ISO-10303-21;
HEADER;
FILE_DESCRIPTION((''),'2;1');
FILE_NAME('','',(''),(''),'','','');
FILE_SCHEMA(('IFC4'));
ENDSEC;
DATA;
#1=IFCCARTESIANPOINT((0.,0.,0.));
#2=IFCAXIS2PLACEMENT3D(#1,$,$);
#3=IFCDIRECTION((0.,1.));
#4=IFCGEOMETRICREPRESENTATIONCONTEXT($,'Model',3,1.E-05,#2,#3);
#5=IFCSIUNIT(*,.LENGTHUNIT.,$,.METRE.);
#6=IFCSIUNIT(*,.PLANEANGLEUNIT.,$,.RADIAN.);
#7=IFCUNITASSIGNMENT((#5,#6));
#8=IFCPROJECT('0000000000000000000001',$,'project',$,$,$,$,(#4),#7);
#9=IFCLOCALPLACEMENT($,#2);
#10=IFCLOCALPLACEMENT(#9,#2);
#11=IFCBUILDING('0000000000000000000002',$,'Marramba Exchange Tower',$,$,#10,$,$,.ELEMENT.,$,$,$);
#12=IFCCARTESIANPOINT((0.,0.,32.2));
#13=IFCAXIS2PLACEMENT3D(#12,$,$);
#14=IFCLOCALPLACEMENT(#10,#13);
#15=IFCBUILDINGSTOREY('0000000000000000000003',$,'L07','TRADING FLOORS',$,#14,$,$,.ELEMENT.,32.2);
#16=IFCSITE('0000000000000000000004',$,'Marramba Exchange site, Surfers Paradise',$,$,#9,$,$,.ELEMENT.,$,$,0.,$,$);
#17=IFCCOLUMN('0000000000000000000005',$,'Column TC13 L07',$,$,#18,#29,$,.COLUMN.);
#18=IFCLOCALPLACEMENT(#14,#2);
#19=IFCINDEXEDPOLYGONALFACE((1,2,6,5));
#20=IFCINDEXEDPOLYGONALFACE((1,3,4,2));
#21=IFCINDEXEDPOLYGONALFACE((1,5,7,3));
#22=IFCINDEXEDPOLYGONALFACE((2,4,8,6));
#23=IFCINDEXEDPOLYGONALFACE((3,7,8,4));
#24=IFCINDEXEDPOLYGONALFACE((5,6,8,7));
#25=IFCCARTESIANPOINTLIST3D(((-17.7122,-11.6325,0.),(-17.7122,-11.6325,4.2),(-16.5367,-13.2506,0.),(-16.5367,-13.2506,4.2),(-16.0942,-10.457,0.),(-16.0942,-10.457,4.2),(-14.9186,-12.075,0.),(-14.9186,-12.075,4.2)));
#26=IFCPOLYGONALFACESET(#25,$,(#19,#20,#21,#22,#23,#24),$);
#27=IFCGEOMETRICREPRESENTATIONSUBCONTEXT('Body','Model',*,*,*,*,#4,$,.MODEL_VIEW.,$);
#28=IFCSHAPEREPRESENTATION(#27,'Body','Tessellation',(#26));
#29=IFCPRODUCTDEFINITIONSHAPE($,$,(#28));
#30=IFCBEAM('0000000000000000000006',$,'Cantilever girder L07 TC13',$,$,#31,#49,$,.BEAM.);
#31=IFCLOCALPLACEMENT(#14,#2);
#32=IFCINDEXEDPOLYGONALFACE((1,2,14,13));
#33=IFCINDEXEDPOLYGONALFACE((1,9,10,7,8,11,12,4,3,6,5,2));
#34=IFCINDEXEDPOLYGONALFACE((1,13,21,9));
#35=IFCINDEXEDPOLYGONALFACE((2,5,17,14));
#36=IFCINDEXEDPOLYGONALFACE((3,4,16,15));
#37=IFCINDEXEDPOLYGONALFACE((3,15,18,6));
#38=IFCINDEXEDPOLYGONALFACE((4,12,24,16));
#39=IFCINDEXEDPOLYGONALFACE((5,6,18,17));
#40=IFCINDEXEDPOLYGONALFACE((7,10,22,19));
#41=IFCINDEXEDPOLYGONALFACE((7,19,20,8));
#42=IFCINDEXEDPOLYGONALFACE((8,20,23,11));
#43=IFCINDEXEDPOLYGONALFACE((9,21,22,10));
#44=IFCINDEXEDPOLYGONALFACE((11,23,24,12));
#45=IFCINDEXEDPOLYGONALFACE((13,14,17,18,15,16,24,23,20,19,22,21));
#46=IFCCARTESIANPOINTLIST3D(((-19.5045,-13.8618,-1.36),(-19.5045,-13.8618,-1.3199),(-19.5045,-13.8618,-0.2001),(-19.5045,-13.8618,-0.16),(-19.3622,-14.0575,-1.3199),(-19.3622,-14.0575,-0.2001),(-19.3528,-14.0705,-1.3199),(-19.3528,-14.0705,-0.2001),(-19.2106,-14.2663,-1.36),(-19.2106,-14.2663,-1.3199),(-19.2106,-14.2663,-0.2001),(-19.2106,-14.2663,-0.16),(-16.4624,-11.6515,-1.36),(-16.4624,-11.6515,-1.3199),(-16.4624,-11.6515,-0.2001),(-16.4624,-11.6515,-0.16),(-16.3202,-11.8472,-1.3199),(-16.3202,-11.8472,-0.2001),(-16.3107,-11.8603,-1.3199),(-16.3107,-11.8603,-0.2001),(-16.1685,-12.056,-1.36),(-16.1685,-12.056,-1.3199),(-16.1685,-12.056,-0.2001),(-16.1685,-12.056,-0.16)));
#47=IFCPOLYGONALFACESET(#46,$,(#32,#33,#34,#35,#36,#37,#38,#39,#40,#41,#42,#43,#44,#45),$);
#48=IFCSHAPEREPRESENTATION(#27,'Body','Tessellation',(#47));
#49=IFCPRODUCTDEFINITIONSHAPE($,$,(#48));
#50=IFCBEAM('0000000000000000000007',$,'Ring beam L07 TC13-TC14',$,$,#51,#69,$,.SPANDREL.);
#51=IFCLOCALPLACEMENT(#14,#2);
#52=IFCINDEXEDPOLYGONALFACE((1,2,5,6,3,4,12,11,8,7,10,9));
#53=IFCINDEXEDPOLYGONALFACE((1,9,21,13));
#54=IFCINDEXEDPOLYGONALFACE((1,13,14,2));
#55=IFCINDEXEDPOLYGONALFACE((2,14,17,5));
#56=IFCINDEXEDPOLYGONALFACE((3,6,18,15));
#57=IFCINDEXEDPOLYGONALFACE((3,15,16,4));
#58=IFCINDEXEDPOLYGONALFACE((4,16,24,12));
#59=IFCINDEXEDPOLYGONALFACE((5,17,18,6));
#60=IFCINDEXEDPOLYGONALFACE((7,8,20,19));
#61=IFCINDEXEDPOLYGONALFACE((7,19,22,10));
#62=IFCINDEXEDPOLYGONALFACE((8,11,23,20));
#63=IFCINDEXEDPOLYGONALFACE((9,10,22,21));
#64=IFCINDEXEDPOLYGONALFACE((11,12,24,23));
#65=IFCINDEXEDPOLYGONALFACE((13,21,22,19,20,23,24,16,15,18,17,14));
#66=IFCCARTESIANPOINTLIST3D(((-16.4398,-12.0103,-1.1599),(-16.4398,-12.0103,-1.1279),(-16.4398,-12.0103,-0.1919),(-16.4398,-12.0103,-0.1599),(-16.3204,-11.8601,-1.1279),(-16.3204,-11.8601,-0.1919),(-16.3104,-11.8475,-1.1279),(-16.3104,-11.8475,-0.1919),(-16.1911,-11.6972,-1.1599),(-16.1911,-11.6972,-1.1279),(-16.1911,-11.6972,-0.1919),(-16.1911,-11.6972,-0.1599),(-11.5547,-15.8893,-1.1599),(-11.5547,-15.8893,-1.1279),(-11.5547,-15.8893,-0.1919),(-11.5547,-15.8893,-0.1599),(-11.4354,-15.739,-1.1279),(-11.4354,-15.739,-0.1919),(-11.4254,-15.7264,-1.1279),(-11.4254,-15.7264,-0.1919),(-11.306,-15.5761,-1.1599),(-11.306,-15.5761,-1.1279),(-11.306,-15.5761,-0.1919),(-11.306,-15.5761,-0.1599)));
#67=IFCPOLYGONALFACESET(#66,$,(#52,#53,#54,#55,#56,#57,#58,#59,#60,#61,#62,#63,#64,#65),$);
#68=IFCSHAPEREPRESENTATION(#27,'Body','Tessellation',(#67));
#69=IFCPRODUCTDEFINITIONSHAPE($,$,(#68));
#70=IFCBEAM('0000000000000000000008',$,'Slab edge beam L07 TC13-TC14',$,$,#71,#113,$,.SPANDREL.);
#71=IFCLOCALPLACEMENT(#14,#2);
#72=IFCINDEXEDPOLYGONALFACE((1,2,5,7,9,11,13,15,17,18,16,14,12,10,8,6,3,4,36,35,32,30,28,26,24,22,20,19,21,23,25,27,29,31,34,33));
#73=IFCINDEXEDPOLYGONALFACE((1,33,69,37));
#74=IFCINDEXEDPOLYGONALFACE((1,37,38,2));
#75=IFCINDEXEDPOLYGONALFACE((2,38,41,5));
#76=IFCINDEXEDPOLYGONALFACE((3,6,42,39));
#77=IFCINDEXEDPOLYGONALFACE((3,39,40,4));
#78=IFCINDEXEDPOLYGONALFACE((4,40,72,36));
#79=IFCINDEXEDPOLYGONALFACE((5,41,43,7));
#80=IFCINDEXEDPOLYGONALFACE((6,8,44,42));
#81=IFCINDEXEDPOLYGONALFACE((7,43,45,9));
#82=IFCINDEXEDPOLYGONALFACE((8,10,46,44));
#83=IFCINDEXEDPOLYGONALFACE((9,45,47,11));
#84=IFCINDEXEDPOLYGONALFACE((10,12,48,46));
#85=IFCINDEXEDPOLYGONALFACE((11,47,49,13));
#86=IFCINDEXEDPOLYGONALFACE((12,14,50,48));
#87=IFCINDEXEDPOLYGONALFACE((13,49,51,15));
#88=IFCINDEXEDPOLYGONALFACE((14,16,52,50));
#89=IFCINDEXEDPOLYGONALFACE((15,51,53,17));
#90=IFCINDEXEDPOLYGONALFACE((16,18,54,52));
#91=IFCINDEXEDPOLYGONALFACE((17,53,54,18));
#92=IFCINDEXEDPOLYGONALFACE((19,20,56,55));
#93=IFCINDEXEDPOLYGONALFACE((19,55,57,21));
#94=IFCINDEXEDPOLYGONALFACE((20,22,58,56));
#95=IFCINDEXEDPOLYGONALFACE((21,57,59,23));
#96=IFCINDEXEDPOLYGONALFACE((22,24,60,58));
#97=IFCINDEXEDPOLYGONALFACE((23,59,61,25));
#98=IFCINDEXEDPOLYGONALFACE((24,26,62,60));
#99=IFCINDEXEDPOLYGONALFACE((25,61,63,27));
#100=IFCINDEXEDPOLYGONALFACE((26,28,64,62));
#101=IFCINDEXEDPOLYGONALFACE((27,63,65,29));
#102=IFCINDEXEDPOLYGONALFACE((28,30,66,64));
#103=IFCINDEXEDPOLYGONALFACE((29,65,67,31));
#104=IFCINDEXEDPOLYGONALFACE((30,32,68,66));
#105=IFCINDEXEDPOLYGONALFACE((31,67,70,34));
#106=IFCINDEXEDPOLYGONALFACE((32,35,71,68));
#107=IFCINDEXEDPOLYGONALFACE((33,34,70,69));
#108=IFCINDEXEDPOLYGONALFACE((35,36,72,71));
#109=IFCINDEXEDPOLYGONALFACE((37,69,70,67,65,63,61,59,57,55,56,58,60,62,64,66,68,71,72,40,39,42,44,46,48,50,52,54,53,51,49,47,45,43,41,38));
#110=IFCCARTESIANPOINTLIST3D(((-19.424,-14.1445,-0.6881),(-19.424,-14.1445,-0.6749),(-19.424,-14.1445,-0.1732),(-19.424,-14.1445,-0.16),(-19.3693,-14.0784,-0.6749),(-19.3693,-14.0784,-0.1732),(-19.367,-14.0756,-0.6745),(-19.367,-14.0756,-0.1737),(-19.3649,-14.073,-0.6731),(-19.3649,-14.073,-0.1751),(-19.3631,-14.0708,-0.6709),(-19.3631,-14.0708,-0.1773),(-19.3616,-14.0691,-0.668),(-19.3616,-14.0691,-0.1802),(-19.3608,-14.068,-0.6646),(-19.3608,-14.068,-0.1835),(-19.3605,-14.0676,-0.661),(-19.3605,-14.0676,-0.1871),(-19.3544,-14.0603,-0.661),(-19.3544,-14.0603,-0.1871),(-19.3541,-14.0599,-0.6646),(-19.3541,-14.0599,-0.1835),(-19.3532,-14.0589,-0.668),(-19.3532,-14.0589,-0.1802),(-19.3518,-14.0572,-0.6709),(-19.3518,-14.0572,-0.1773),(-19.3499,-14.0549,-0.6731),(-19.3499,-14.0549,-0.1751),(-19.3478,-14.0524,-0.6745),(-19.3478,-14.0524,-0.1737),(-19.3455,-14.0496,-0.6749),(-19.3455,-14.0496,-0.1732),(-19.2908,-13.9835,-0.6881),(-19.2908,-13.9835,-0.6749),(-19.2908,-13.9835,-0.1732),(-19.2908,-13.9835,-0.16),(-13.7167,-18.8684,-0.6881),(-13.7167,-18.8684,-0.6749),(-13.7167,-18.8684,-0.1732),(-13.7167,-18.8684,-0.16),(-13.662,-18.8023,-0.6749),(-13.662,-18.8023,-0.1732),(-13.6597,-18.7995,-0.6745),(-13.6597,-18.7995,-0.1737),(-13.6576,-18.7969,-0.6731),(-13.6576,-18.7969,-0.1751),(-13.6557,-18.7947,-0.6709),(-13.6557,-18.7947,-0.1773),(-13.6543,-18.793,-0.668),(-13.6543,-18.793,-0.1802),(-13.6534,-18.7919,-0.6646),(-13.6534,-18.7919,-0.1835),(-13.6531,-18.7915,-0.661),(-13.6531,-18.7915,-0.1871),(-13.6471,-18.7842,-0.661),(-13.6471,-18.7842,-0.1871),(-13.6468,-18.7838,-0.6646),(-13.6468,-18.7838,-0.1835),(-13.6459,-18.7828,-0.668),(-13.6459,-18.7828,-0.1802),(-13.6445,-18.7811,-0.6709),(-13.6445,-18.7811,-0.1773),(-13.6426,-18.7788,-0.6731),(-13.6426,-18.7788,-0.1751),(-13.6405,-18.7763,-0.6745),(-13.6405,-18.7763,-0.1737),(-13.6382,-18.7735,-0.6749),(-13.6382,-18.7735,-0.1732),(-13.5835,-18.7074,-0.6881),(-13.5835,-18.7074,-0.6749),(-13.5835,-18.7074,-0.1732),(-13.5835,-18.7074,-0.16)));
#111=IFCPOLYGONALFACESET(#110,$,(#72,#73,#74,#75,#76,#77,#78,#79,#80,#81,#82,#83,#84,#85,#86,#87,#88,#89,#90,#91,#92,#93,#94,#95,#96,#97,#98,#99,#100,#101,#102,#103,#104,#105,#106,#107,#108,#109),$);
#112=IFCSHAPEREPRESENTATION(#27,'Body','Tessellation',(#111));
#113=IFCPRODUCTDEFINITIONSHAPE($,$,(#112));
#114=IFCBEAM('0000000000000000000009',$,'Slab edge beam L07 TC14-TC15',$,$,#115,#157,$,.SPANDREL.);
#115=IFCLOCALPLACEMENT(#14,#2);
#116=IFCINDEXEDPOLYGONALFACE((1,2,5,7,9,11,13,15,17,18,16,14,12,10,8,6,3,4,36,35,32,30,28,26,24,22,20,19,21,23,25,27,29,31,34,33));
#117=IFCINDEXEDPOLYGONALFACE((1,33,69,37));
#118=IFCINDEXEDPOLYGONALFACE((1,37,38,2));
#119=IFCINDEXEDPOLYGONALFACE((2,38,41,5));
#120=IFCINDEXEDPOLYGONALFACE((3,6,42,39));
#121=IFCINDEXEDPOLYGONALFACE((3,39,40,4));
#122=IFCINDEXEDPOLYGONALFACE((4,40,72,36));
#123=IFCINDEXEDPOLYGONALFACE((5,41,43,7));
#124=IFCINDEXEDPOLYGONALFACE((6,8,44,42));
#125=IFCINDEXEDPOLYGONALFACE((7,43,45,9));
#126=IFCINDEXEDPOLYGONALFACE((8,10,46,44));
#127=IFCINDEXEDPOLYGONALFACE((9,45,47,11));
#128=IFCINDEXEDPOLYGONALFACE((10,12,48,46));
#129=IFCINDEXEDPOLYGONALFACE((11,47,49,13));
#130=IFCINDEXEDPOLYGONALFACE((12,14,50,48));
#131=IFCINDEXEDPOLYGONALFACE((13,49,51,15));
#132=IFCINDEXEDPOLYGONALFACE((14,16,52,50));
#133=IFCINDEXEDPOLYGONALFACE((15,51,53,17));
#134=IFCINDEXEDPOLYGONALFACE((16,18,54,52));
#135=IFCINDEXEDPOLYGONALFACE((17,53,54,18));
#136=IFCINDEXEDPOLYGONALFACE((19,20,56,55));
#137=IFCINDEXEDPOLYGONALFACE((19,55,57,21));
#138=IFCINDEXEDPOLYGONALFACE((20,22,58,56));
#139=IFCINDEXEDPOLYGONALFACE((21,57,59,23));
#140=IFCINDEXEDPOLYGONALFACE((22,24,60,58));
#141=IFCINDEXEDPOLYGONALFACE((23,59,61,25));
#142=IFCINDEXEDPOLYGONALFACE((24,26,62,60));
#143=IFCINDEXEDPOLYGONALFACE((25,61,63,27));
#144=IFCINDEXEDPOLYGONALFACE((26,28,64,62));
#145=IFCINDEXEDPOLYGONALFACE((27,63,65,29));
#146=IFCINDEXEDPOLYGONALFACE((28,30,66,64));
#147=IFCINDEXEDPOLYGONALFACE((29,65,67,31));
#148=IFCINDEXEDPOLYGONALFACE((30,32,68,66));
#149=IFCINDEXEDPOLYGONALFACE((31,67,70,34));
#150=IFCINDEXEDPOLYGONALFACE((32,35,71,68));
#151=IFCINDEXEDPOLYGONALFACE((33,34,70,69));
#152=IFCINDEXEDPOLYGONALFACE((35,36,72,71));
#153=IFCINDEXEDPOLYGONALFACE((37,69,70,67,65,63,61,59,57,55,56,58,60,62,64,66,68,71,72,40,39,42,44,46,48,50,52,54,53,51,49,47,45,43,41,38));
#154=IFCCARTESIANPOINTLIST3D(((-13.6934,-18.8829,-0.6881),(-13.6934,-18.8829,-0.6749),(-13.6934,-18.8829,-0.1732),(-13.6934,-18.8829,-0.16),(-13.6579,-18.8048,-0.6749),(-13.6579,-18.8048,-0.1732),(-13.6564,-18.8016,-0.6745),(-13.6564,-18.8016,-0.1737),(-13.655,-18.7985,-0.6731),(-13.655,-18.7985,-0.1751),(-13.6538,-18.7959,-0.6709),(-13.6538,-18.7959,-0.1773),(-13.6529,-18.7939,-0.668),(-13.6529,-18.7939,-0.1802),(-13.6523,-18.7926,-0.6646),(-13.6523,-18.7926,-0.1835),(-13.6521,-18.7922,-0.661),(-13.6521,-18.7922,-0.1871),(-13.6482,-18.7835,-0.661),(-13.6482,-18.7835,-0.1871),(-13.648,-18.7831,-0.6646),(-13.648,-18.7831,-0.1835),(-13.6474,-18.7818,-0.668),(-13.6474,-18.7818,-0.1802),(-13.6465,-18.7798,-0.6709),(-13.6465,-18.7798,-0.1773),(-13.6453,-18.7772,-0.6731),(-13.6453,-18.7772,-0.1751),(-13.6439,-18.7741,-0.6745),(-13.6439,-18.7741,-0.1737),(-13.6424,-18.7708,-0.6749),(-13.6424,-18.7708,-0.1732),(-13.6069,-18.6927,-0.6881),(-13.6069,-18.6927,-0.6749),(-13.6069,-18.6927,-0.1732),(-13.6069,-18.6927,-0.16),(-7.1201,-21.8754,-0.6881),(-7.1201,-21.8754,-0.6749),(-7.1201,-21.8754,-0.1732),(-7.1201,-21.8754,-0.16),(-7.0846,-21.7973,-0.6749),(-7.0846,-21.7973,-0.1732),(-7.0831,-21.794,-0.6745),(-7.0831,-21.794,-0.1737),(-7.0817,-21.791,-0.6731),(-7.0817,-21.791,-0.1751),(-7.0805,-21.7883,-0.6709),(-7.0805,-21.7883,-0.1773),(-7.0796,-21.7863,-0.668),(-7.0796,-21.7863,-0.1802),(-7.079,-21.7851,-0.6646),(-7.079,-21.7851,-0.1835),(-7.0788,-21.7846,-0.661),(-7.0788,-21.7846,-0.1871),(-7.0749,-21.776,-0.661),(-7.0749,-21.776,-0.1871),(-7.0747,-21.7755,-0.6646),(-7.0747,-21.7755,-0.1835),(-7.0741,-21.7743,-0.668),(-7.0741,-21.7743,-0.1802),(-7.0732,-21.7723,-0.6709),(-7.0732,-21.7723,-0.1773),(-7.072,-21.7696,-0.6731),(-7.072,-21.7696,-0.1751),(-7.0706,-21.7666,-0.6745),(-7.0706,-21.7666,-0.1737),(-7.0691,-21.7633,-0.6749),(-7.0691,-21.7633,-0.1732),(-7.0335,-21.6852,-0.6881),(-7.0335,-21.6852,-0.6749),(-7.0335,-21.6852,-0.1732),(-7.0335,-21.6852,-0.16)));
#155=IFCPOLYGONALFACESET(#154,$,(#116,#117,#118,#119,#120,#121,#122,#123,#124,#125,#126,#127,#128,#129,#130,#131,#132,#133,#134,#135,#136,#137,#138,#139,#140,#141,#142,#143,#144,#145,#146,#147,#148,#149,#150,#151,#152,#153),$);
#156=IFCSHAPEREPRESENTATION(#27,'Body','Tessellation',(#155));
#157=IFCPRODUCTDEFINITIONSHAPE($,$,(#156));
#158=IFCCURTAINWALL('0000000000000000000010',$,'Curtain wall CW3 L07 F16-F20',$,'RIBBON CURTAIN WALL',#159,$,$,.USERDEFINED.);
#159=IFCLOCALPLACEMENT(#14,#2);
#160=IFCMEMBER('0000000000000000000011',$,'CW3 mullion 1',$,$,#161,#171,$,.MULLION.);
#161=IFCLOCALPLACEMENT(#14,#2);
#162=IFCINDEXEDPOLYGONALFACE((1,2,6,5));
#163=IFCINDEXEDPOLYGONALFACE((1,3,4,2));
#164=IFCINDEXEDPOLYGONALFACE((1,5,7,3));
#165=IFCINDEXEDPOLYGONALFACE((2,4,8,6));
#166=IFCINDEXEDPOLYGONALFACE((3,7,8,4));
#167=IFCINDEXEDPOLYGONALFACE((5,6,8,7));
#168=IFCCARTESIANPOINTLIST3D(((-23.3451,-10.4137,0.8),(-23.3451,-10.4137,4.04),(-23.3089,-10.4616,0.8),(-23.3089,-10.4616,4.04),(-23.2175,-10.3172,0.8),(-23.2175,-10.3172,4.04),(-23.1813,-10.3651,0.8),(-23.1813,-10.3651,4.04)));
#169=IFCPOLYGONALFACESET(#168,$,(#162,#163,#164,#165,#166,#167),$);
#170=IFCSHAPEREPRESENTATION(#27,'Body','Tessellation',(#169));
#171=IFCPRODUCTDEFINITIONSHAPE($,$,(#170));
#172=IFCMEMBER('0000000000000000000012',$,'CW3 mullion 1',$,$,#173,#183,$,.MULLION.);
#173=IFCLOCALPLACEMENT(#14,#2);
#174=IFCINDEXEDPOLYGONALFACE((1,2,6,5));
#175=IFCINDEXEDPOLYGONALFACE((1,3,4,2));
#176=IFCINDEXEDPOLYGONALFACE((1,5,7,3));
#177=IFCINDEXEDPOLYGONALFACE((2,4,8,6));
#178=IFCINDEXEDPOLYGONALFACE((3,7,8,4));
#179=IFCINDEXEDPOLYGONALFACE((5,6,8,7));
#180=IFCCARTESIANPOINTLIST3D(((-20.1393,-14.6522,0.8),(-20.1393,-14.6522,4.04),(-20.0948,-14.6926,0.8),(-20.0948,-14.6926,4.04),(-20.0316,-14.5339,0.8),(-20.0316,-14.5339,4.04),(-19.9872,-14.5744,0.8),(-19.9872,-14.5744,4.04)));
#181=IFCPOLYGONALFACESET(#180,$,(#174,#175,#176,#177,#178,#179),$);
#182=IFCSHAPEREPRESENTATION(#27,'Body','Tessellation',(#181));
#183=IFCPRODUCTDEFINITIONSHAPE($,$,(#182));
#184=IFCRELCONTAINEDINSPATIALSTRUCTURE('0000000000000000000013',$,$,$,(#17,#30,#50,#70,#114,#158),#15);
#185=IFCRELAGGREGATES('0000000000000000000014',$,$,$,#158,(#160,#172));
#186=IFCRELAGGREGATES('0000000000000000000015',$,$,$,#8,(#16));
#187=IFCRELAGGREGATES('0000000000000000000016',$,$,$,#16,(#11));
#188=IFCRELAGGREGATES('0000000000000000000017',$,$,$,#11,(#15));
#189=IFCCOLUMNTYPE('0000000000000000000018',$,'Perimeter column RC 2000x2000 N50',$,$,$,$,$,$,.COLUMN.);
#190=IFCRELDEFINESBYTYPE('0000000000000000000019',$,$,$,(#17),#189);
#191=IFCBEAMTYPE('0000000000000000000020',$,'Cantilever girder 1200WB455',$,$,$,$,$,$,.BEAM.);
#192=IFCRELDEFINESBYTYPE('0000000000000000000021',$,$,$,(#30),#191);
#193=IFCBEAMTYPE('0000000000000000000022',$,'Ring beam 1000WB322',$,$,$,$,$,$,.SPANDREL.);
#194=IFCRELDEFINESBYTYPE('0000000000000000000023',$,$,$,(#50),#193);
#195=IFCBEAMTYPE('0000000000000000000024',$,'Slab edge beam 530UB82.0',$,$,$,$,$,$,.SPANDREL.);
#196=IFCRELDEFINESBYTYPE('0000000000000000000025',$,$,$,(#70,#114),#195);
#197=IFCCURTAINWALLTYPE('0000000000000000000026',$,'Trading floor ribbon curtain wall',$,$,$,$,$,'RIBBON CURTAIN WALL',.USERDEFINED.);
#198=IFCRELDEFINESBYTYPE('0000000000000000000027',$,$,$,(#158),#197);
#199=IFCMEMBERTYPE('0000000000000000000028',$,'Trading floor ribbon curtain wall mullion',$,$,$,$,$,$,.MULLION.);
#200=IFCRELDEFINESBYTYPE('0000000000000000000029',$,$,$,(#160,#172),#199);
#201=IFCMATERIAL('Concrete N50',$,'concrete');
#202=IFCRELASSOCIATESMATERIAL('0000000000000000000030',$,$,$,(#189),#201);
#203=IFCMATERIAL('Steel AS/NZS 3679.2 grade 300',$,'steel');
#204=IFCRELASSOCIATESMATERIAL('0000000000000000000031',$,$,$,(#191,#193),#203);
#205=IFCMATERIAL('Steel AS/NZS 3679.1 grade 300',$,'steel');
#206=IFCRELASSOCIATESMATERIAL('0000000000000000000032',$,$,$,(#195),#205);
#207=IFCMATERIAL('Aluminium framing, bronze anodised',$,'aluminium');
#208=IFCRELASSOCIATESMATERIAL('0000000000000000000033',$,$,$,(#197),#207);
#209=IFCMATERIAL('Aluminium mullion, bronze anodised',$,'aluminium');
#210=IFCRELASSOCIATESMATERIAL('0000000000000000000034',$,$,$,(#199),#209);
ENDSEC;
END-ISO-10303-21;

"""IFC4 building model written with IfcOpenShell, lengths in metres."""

from ifc_helpers import new_model, si_unit, direction, frame, origin, origin_2d, place, context, subcontext, project, spatial, rectangle, i_section, extrude, material, material_profile, profile_set, type_object, element, aggregate, save


model = new_model("IFC4")

# Units and contexts
model_context = context("Model", 3, precision=1e-05, world=origin(), true_north=direction((0.0, 1.0)))
body_context = subcontext(model_context, "Body", "Model", "MODEL_VIEW")
ifc_project = project(units=[si_unit("LENGTHUNIT", "METRE"), si_unit("PLANEANGLEUNIT", "RADIAN")], contexts=[model_context])

# Site, building, storey
site_placement = place(None, origin())
site = spatial("IfcSite", under=ifc_project, at=site_placement, Name="Marramba Exchange site, Surfers Paradise", CompositionType="ELEMENT", RefElevation=0.0)
building_placement = place(site_placement, origin())
building = spatial("IfcBuilding", under=site, at=building_placement, Name="Marramba Exchange Tower", CompositionType="ELEMENT")
storey_placement = place(building_placement, frame((0.0, 0.0, 32.2)))
storey = spatial("IfcBuildingStorey", under=building, at=storey_placement, Name="L07", Description="TRADING FLOORS", CompositionType="ELEMENT", Elevation=32.2)

# Column
ifc_material_1 = material(Name="Concrete N50", Category="concrete")
ifc_material_profile_1 = material_profile(ifc_material_1, rectangle(XDim=2.0, YDim=2.0, at=origin_2d()), Name="RC 2000x2000")
ifc_profile_set_1 = profile_set([ifc_material_profile_1], Name="Concrete N50")
column_type = type_object("IfcColumnType", Name="Perimeter column RC 2000x2000 N50", PredefinedType="COLUMN", material=ifc_profile_set_1)
column_placement = place(storey_placement, frame((-16.3154, -11.8538, 0.0), z_axis=(0.0, 0.0, 1.0), x_axis=(-0.809017, -0.587785, 0.0)))
element("IfcColumn", 1, at=column_placement, inside=storey, type_object=column_type, Name="Column TC13 L07", PredefinedType="COLUMN", context=body_context, shape_type="SweptSolid", body=[
    extrude(rectangle(XDim=2.0, YDim=2.0, at=origin_2d()), origin(), (0.0, 0.0, 1.0), 4.2),
])

# Beams
ifc_material_2 = material(Name="Steel AS/NZS 3679.2 grade 300", Category="steel")
ifc_material_profile_2 = material_profile(ifc_material_2, i_section(OverallWidth=0.5, OverallDepth=1.2, WebThickness=0.0161, FlangeThickness=0.04, at=origin_2d()), Name="1200WB455")
ifc_profile_set_2 = profile_set([ifc_material_profile_2], Name="Steel AS/NZS 3679.2 grade 300")
beam_type_1 = type_object("IfcBeamType", Name="Cantilever girder 1200WB455", PredefinedType="BEAM", material=ifc_profile_set_2)
beam_1_placement = place(storey_placement, frame((-16.3154, -11.8538, -0.76), z_axis=(-0.809008, -0.587797, 0.0), x_axis=(0.587797, -0.809008, 0.0)))
element("IfcBeam", 2, at=beam_1_placement, inside=storey, type_object=beam_type_1, Name="Cantilever girder L07 TC13", PredefinedType="BEAM", context=body_context, shape_type="SweptSolid", body=[
    extrude(i_section(OverallWidth=0.5, OverallDepth=1.2, WebThickness=0.0161, FlangeThickness=0.04, at=origin_2d()), origin(), (0.0, 0.0, 1.0), 3.7603),
])
ifc_material_profile_3 = material_profile(ifc_material_2, i_section(OverallWidth=0.3999, OverallDepth=1.0, WebThickness=0.0161, FlangeThickness=0.032, at=origin_2d()), Name="1000WB322")
ifc_profile_set_3 = profile_set([ifc_material_profile_3], Name="Steel AS/NZS 3679.2 grade 300")
beam_type_2 = type_object("IfcBeamType", Name="Ring beam 1000WB322", PredefinedType="SPANDREL", material=ifc_profile_set_3)
beam_2_placement = place(storey_placement, frame((-16.3154, -11.8538, -0.6599), z_axis=(0.783139, -0.621846, 0.0), x_axis=(0.621846, 0.783139, 0.0)))
element("IfcBeam", 3, at=beam_2_placement, inside=storey, type_object=beam_type_2, Name="Ring beam L07 TC13-TC14", PredefinedType="SPANDREL", context=body_context, shape_type="SweptSolid", body=[
    extrude(i_section(OverallWidth=0.3999, OverallDepth=1.0, WebThickness=0.0161, FlangeThickness=0.032, at=origin_2d()), origin(), (0.0, 0.0, 1.0), 6.2378),
])
ifc_material_3 = material(Name="Steel AS/NZS 3679.1 grade 300", Category="steel")
ifc_material_profile_4 = material_profile(ifc_material_3, i_section(OverallWidth=0.209, OverallDepth=0.5281, WebThickness=0.0095, FlangeThickness=0.0132, FilletRadius=0.0139, at=origin_2d()), Name="530UB82.0")
ifc_profile_set_4 = profile_set([ifc_material_profile_4], Name="Steel AS/NZS 3679.1 grade 300")
beam_type_3 = type_object("IfcBeamType", Name="Slab edge beam 530UB82.0", PredefinedType="SPANDREL", material=ifc_profile_set_4)
beam_3_placement = place(storey_placement, frame((-19.3574, -14.064, -0.4241), z_axis=(0.770354, -0.637617, 0.0), x_axis=(0.637617, 0.770354, 0.0)))
element("IfcBeam", 4, at=beam_3_placement, inside=storey, type_object=beam_type_3, Name="Slab edge beam L07 TC13-TC14", PredefinedType="SPANDREL", context=body_context, shape_type="SweptSolid", body=[
    extrude(i_section(OverallWidth=0.209, OverallDepth=0.5281, WebThickness=0.0095, FlangeThickness=0.0132, FilletRadius=0.0139, at=origin_2d()), origin(), (0.0, 0.0, 1.0), 7.4087),
])
beam_4_placement = place(storey_placement, frame((-13.6501, -18.7878, -0.4241), z_axis=(0.910127, -0.41433, 0.0), x_axis=(0.41433, 0.910127, 0.0)))
element("IfcBeam", 5, at=beam_4_placement, inside=storey, type_object=beam_type_3, Name="Slab edge beam L07 TC14-TC15", PredefinedType="SPANDREL", context=body_context, shape_type="SweptSolid", body=[
    extrude(i_section(OverallWidth=0.209, OverallDepth=0.5281, WebThickness=0.0095, FlangeThickness=0.0132, FilletRadius=0.0139, at=origin_2d()), origin(), (0.0, 0.0, 1.0), 7.2224),
])

# Curtain wall, members
ifc_material_4 = material(Name="Aluminium framing, bronze anodised", Category="aluminium")
curtain_wall_type = type_object("IfcCurtainWallType", Name="Trading floor ribbon curtain wall", ElementType="RIBBON CURTAIN WALL", PredefinedType="USERDEFINED", material=ifc_material_4)
curtain_wall_placement = place(storey_placement, origin())
curtain_wall = element("IfcCurtainWall", 6, at=curtain_wall_placement, inside=storey, type_object=curtain_wall_type, Name="Curtain wall CW3 L07 F16-F20", ObjectType="RIBBON CURTAIN WALL", PredefinedType="USERDEFINED")
ifc_material_5 = material(Name="Aluminium mullion, bronze anodised", Category="aluminium")
ifc_material_profile_5 = material_profile(ifc_material_5, rectangle(XDim=0.1599, YDim=0.0601, at=origin_2d()), Name="CW3 mullion 60x160")
ifc_profile_set_5 = profile_set([ifc_material_profile_5], Name="Aluminium mullion, bronze anodised")
member_type_1 = type_object("IfcMemberType", Name="Trading floor ribbon curtain wall mullion", PredefinedType="MULLION", material=ifc_profile_set_5)
member_1_placement = place(storey_placement, frame((-23.2632, -10.3894, 0.8), z_axis=(0.0, 0.0, 1.0), x_axis=(0.797711, 0.60304, 0.0)))
member_1 = element("IfcMember", 7, at=member_1_placement, type_object=member_type_1, Name="CW3 mullion 1", PredefinedType="MULLION", context=body_context, shape_type="SweptSolid", body=[
    extrude(rectangle(XDim=0.1599, YDim=0.0601, at=origin_2d()), origin(), (0.0, 0.0, 1.0), 3.24),
])
member_2_placement = place(storey_placement, frame((-20.0632, -14.6133, 0.8), z_axis=(0.0, 0.0, 1.0), x_axis=(0.673058, 0.73959, 0.0)))
member_2 = element("IfcMember", 8, at=member_2_placement, type_object=member_type_1, Name="CW3 mullion 1", PredefinedType="MULLION", context=body_context, shape_type="SweptSolid", body=[
    extrude(rectangle(XDim=0.1599, YDim=0.0601, at=origin_2d()), origin(), (0.0, 0.0, 1.0), 3.24),
])
aggregate(curtain_wall, [member_1, member_2])

save(model, "model.ifc")
